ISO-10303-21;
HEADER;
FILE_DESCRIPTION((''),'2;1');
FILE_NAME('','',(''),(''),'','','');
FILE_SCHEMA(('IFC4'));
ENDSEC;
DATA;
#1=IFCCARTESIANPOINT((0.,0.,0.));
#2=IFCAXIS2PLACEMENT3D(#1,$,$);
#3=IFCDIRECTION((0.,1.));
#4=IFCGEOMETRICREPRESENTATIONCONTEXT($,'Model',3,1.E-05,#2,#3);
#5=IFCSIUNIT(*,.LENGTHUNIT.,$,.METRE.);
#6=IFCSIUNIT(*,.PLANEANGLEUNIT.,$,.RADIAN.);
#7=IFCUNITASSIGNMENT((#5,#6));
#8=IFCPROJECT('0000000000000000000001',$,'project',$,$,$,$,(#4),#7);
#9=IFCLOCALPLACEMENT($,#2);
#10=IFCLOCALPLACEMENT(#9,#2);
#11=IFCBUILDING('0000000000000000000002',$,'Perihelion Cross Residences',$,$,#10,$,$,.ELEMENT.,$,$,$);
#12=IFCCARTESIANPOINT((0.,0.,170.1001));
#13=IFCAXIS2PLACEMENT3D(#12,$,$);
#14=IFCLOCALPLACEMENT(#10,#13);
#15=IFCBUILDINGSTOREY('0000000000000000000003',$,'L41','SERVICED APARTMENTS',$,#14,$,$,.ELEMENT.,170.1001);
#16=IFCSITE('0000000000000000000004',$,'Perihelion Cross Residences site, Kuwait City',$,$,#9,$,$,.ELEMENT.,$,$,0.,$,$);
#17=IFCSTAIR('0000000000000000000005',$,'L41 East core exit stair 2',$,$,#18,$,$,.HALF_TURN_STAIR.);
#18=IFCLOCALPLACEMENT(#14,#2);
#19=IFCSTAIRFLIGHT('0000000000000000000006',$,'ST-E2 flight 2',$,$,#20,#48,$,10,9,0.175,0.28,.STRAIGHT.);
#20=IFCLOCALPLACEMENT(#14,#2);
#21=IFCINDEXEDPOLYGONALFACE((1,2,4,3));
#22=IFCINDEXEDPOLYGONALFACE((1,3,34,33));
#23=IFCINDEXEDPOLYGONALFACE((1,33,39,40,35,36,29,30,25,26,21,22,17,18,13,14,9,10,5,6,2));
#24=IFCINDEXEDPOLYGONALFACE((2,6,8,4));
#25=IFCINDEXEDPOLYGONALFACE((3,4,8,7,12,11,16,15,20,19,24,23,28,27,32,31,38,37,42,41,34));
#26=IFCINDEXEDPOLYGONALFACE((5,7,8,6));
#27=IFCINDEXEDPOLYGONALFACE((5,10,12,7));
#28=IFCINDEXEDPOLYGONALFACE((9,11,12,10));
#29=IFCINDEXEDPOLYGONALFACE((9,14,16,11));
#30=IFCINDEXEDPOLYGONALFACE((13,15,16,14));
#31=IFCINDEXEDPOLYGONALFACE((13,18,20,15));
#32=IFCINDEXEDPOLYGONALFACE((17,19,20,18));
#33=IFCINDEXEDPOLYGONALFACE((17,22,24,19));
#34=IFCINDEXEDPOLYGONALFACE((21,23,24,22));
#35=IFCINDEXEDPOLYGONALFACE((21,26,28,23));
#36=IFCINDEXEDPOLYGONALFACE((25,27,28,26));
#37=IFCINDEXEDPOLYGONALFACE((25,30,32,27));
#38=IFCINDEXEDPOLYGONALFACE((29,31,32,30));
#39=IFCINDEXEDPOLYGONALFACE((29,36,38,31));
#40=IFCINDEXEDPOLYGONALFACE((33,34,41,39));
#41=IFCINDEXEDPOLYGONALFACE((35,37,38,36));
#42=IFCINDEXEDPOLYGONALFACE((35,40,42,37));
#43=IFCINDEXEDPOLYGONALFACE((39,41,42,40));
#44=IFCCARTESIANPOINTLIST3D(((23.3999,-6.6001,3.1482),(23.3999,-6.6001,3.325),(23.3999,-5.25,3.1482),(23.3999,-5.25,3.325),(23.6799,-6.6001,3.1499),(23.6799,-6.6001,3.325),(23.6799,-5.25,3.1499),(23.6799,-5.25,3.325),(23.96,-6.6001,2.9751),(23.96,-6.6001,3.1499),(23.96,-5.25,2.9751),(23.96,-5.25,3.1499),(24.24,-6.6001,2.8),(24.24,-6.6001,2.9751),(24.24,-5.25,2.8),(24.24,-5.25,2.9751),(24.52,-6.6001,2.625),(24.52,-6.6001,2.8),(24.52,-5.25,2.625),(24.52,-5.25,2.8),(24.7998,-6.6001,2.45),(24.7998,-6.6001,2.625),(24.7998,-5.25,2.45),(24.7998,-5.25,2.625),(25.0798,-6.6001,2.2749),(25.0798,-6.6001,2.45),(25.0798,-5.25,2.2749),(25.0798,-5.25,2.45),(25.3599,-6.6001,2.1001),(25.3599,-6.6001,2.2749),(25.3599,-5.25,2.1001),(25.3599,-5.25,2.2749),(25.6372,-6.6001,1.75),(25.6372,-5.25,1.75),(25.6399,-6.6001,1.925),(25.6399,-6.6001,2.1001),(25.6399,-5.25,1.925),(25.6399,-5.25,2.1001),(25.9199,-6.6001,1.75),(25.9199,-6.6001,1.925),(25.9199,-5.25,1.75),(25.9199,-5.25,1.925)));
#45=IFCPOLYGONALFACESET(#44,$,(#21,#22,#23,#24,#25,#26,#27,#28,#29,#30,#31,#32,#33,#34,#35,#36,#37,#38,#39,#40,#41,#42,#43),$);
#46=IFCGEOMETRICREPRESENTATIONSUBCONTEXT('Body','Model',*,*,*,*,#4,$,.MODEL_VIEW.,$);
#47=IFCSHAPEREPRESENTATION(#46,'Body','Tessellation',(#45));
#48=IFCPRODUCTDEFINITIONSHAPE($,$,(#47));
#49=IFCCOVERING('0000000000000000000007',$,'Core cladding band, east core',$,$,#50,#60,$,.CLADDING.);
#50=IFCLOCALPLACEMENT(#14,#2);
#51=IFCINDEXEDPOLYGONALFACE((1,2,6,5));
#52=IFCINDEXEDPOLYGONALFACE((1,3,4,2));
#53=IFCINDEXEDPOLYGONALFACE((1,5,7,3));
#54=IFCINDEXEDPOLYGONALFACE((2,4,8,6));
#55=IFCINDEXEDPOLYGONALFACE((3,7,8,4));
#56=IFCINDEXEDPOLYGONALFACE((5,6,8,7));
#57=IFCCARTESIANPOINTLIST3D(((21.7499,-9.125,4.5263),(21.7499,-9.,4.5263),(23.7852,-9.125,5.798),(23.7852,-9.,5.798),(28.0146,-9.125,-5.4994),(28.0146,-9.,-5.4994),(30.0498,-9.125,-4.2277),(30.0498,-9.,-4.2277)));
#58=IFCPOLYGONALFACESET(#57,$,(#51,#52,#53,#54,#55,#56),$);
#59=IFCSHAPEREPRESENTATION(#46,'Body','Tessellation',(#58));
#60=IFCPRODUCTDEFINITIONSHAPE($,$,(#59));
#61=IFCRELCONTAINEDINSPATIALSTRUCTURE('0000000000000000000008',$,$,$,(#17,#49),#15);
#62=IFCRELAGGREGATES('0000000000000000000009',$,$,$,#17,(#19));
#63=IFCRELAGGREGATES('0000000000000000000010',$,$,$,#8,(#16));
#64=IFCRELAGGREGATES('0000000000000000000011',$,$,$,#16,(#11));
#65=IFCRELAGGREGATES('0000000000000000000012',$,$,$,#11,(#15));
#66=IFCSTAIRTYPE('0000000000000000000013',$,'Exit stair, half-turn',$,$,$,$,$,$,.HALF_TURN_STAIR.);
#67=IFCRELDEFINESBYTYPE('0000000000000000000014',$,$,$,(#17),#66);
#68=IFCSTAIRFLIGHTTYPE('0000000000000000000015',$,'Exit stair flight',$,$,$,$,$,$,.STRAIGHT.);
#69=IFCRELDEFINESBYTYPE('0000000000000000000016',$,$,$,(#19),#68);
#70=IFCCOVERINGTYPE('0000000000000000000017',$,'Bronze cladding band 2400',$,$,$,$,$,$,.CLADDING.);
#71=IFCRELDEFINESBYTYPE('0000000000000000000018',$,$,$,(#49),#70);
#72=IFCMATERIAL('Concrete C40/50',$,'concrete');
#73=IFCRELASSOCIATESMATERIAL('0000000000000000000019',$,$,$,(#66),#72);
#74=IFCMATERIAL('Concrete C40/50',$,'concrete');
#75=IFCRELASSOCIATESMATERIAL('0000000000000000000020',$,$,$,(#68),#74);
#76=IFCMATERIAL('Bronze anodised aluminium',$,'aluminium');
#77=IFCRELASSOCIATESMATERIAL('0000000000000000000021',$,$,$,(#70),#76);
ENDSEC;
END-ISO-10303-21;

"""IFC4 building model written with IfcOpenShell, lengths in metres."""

from ifc_helpers import new_model, si_unit, direction, frame, origin, origin_2d, place, context, subcontext, project, spatial, polyline, rectangle, outline, extrude, material, material_profile, profile_set, type_object, element, aggregate, save


model = new_model("IFC4")

# Units and contexts
model_context = context("Model", 3, precision=1e-05, world=origin(), true_north=direction((0.0, 1.0)))
body_context = subcontext(model_context, "Body", "Model", "MODEL_VIEW")
ifc_project = project(units=[si_unit("LENGTHUNIT", "METRE"), si_unit("PLANEANGLEUNIT", "RADIAN")], contexts=[model_context])

# Site, building, storey
site_placement = place(None, origin())
site = spatial("IfcSite", under=ifc_project, at=site_placement, Name="Perihelion Cross Residences site, Kuwait City", CompositionType="ELEMENT", RefElevation=0.0)
building_placement = place(site_placement, origin())
building = spatial("IfcBuilding", under=site, at=building_placement, Name="Perihelion Cross Residences", CompositionType="ELEMENT")
storey_placement = place(building_placement, frame((0.0, 0.0, 170.1001)))
storey = spatial("IfcBuildingStorey", under=building, at=storey_placement, Name="L41", Description="SERVICED APARTMENTS", CompositionType="ELEMENT", Elevation=170.1001)

# Stair, stair flight
ifc_material_1 = material(Name="Concrete C40/50", Category="concrete")
stair_type = type_object("IfcStairType", Name="Exit stair, half-turn", PredefinedType="HALF_TURN_STAIR", material=ifc_material_1)
stair_placement = place(storey_placement, origin())
stair = element("IfcStair", 1, at=stair_placement, inside=storey, type_object=stair_type, Name="L41 East core exit stair 2", PredefinedType="HALF_TURN_STAIR")
ifc_material_2 = material(Name="Concrete C40/50", Category="concrete")
stair_flight_type = type_object("IfcStairFlightType", Name="Exit stair flight", PredefinedType="STRAIGHT", material=ifc_material_2)
stair_flight_placement = place(storey_placement, frame((25.9199, -5.925, 1.75), z_axis=(0.0, 0.0, 1.0), x_axis=(-1.0, 0.0, 0.0)))
stair_flight = element("IfcStairFlight", 2, at=stair_flight_placement, type_object=stair_flight_type, Name="ST-E2 flight 2", NumberOfRisers=10, NumberOfTreads=9, PredefinedType="STRAIGHT", RiserHeight=0.175, TreadLength=0.28, context=body_context, shape_type="SweptSolid", body=[
    extrude(outline(polyline([(0.0, 0.0), (0.0, 0.175), (0.28, 0.175), (0.28, 0.3501), (0.5601, 0.3501), (0.5601, 0.5249), (0.8401, 0.5249), (0.8401, 0.7), (1.1201, 0.7), (1.1201, 0.875), (1.3999, 0.875), (1.3999, 1.05), (1.6799, 1.05), (1.6799, 1.2251), (1.96, 1.2251), (1.96, 1.3999), (2.24, 1.3999), (2.24, 1.575), (2.52, 1.575), (2.52, 1.75), (2.52, 1.3982), (0.2827, 0.0), (0.0, 0.0)])), frame((0.0, 0.675, 0.0), z_axis=(0.0, -1.0, 0.0), x_axis=(1.0, 0.0, 0.0)), (0.0, 0.0, 1.0), 1.3501),
])
aggregate(stair, [stair_flight])

# Covering
ifc_material_3 = material(Name="Bronze anodised aluminium", Category="aluminium")
ifc_material_profile = material_profile(ifc_material_3, rectangle(XDim=0.125, YDim=2.3999, at=origin_2d()), Name="Bronze cladding band 2400")
ifc_profile_set = profile_set([ifc_material_profile], Name="Bronze anodised aluminium")
covering_type = type_object("IfcCoveringType", Name="Bronze cladding band 2400", PredefinedType="CLADDING", material=ifc_profile_set)
covering_placement = place(storey_placement, frame((29.0322, -9.0625, -4.8635), z_axis=(-0.529915, 0.0, 0.848051), x_axis=(0.0, -1.0, 0.0)))
element("IfcCovering", 3, at=covering_placement, inside=storey, type_object=covering_type, Name="Core cladding band, east core", PredefinedType="CLADDING", context=body_context, shape_type="SweptSolid", body=[
    extrude(rectangle(XDim=0.125, YDim=2.3999, at=origin_2d()), origin(), (0.0, 0.0, 1.0), 11.822),
])

save(model, "model.ifc")
